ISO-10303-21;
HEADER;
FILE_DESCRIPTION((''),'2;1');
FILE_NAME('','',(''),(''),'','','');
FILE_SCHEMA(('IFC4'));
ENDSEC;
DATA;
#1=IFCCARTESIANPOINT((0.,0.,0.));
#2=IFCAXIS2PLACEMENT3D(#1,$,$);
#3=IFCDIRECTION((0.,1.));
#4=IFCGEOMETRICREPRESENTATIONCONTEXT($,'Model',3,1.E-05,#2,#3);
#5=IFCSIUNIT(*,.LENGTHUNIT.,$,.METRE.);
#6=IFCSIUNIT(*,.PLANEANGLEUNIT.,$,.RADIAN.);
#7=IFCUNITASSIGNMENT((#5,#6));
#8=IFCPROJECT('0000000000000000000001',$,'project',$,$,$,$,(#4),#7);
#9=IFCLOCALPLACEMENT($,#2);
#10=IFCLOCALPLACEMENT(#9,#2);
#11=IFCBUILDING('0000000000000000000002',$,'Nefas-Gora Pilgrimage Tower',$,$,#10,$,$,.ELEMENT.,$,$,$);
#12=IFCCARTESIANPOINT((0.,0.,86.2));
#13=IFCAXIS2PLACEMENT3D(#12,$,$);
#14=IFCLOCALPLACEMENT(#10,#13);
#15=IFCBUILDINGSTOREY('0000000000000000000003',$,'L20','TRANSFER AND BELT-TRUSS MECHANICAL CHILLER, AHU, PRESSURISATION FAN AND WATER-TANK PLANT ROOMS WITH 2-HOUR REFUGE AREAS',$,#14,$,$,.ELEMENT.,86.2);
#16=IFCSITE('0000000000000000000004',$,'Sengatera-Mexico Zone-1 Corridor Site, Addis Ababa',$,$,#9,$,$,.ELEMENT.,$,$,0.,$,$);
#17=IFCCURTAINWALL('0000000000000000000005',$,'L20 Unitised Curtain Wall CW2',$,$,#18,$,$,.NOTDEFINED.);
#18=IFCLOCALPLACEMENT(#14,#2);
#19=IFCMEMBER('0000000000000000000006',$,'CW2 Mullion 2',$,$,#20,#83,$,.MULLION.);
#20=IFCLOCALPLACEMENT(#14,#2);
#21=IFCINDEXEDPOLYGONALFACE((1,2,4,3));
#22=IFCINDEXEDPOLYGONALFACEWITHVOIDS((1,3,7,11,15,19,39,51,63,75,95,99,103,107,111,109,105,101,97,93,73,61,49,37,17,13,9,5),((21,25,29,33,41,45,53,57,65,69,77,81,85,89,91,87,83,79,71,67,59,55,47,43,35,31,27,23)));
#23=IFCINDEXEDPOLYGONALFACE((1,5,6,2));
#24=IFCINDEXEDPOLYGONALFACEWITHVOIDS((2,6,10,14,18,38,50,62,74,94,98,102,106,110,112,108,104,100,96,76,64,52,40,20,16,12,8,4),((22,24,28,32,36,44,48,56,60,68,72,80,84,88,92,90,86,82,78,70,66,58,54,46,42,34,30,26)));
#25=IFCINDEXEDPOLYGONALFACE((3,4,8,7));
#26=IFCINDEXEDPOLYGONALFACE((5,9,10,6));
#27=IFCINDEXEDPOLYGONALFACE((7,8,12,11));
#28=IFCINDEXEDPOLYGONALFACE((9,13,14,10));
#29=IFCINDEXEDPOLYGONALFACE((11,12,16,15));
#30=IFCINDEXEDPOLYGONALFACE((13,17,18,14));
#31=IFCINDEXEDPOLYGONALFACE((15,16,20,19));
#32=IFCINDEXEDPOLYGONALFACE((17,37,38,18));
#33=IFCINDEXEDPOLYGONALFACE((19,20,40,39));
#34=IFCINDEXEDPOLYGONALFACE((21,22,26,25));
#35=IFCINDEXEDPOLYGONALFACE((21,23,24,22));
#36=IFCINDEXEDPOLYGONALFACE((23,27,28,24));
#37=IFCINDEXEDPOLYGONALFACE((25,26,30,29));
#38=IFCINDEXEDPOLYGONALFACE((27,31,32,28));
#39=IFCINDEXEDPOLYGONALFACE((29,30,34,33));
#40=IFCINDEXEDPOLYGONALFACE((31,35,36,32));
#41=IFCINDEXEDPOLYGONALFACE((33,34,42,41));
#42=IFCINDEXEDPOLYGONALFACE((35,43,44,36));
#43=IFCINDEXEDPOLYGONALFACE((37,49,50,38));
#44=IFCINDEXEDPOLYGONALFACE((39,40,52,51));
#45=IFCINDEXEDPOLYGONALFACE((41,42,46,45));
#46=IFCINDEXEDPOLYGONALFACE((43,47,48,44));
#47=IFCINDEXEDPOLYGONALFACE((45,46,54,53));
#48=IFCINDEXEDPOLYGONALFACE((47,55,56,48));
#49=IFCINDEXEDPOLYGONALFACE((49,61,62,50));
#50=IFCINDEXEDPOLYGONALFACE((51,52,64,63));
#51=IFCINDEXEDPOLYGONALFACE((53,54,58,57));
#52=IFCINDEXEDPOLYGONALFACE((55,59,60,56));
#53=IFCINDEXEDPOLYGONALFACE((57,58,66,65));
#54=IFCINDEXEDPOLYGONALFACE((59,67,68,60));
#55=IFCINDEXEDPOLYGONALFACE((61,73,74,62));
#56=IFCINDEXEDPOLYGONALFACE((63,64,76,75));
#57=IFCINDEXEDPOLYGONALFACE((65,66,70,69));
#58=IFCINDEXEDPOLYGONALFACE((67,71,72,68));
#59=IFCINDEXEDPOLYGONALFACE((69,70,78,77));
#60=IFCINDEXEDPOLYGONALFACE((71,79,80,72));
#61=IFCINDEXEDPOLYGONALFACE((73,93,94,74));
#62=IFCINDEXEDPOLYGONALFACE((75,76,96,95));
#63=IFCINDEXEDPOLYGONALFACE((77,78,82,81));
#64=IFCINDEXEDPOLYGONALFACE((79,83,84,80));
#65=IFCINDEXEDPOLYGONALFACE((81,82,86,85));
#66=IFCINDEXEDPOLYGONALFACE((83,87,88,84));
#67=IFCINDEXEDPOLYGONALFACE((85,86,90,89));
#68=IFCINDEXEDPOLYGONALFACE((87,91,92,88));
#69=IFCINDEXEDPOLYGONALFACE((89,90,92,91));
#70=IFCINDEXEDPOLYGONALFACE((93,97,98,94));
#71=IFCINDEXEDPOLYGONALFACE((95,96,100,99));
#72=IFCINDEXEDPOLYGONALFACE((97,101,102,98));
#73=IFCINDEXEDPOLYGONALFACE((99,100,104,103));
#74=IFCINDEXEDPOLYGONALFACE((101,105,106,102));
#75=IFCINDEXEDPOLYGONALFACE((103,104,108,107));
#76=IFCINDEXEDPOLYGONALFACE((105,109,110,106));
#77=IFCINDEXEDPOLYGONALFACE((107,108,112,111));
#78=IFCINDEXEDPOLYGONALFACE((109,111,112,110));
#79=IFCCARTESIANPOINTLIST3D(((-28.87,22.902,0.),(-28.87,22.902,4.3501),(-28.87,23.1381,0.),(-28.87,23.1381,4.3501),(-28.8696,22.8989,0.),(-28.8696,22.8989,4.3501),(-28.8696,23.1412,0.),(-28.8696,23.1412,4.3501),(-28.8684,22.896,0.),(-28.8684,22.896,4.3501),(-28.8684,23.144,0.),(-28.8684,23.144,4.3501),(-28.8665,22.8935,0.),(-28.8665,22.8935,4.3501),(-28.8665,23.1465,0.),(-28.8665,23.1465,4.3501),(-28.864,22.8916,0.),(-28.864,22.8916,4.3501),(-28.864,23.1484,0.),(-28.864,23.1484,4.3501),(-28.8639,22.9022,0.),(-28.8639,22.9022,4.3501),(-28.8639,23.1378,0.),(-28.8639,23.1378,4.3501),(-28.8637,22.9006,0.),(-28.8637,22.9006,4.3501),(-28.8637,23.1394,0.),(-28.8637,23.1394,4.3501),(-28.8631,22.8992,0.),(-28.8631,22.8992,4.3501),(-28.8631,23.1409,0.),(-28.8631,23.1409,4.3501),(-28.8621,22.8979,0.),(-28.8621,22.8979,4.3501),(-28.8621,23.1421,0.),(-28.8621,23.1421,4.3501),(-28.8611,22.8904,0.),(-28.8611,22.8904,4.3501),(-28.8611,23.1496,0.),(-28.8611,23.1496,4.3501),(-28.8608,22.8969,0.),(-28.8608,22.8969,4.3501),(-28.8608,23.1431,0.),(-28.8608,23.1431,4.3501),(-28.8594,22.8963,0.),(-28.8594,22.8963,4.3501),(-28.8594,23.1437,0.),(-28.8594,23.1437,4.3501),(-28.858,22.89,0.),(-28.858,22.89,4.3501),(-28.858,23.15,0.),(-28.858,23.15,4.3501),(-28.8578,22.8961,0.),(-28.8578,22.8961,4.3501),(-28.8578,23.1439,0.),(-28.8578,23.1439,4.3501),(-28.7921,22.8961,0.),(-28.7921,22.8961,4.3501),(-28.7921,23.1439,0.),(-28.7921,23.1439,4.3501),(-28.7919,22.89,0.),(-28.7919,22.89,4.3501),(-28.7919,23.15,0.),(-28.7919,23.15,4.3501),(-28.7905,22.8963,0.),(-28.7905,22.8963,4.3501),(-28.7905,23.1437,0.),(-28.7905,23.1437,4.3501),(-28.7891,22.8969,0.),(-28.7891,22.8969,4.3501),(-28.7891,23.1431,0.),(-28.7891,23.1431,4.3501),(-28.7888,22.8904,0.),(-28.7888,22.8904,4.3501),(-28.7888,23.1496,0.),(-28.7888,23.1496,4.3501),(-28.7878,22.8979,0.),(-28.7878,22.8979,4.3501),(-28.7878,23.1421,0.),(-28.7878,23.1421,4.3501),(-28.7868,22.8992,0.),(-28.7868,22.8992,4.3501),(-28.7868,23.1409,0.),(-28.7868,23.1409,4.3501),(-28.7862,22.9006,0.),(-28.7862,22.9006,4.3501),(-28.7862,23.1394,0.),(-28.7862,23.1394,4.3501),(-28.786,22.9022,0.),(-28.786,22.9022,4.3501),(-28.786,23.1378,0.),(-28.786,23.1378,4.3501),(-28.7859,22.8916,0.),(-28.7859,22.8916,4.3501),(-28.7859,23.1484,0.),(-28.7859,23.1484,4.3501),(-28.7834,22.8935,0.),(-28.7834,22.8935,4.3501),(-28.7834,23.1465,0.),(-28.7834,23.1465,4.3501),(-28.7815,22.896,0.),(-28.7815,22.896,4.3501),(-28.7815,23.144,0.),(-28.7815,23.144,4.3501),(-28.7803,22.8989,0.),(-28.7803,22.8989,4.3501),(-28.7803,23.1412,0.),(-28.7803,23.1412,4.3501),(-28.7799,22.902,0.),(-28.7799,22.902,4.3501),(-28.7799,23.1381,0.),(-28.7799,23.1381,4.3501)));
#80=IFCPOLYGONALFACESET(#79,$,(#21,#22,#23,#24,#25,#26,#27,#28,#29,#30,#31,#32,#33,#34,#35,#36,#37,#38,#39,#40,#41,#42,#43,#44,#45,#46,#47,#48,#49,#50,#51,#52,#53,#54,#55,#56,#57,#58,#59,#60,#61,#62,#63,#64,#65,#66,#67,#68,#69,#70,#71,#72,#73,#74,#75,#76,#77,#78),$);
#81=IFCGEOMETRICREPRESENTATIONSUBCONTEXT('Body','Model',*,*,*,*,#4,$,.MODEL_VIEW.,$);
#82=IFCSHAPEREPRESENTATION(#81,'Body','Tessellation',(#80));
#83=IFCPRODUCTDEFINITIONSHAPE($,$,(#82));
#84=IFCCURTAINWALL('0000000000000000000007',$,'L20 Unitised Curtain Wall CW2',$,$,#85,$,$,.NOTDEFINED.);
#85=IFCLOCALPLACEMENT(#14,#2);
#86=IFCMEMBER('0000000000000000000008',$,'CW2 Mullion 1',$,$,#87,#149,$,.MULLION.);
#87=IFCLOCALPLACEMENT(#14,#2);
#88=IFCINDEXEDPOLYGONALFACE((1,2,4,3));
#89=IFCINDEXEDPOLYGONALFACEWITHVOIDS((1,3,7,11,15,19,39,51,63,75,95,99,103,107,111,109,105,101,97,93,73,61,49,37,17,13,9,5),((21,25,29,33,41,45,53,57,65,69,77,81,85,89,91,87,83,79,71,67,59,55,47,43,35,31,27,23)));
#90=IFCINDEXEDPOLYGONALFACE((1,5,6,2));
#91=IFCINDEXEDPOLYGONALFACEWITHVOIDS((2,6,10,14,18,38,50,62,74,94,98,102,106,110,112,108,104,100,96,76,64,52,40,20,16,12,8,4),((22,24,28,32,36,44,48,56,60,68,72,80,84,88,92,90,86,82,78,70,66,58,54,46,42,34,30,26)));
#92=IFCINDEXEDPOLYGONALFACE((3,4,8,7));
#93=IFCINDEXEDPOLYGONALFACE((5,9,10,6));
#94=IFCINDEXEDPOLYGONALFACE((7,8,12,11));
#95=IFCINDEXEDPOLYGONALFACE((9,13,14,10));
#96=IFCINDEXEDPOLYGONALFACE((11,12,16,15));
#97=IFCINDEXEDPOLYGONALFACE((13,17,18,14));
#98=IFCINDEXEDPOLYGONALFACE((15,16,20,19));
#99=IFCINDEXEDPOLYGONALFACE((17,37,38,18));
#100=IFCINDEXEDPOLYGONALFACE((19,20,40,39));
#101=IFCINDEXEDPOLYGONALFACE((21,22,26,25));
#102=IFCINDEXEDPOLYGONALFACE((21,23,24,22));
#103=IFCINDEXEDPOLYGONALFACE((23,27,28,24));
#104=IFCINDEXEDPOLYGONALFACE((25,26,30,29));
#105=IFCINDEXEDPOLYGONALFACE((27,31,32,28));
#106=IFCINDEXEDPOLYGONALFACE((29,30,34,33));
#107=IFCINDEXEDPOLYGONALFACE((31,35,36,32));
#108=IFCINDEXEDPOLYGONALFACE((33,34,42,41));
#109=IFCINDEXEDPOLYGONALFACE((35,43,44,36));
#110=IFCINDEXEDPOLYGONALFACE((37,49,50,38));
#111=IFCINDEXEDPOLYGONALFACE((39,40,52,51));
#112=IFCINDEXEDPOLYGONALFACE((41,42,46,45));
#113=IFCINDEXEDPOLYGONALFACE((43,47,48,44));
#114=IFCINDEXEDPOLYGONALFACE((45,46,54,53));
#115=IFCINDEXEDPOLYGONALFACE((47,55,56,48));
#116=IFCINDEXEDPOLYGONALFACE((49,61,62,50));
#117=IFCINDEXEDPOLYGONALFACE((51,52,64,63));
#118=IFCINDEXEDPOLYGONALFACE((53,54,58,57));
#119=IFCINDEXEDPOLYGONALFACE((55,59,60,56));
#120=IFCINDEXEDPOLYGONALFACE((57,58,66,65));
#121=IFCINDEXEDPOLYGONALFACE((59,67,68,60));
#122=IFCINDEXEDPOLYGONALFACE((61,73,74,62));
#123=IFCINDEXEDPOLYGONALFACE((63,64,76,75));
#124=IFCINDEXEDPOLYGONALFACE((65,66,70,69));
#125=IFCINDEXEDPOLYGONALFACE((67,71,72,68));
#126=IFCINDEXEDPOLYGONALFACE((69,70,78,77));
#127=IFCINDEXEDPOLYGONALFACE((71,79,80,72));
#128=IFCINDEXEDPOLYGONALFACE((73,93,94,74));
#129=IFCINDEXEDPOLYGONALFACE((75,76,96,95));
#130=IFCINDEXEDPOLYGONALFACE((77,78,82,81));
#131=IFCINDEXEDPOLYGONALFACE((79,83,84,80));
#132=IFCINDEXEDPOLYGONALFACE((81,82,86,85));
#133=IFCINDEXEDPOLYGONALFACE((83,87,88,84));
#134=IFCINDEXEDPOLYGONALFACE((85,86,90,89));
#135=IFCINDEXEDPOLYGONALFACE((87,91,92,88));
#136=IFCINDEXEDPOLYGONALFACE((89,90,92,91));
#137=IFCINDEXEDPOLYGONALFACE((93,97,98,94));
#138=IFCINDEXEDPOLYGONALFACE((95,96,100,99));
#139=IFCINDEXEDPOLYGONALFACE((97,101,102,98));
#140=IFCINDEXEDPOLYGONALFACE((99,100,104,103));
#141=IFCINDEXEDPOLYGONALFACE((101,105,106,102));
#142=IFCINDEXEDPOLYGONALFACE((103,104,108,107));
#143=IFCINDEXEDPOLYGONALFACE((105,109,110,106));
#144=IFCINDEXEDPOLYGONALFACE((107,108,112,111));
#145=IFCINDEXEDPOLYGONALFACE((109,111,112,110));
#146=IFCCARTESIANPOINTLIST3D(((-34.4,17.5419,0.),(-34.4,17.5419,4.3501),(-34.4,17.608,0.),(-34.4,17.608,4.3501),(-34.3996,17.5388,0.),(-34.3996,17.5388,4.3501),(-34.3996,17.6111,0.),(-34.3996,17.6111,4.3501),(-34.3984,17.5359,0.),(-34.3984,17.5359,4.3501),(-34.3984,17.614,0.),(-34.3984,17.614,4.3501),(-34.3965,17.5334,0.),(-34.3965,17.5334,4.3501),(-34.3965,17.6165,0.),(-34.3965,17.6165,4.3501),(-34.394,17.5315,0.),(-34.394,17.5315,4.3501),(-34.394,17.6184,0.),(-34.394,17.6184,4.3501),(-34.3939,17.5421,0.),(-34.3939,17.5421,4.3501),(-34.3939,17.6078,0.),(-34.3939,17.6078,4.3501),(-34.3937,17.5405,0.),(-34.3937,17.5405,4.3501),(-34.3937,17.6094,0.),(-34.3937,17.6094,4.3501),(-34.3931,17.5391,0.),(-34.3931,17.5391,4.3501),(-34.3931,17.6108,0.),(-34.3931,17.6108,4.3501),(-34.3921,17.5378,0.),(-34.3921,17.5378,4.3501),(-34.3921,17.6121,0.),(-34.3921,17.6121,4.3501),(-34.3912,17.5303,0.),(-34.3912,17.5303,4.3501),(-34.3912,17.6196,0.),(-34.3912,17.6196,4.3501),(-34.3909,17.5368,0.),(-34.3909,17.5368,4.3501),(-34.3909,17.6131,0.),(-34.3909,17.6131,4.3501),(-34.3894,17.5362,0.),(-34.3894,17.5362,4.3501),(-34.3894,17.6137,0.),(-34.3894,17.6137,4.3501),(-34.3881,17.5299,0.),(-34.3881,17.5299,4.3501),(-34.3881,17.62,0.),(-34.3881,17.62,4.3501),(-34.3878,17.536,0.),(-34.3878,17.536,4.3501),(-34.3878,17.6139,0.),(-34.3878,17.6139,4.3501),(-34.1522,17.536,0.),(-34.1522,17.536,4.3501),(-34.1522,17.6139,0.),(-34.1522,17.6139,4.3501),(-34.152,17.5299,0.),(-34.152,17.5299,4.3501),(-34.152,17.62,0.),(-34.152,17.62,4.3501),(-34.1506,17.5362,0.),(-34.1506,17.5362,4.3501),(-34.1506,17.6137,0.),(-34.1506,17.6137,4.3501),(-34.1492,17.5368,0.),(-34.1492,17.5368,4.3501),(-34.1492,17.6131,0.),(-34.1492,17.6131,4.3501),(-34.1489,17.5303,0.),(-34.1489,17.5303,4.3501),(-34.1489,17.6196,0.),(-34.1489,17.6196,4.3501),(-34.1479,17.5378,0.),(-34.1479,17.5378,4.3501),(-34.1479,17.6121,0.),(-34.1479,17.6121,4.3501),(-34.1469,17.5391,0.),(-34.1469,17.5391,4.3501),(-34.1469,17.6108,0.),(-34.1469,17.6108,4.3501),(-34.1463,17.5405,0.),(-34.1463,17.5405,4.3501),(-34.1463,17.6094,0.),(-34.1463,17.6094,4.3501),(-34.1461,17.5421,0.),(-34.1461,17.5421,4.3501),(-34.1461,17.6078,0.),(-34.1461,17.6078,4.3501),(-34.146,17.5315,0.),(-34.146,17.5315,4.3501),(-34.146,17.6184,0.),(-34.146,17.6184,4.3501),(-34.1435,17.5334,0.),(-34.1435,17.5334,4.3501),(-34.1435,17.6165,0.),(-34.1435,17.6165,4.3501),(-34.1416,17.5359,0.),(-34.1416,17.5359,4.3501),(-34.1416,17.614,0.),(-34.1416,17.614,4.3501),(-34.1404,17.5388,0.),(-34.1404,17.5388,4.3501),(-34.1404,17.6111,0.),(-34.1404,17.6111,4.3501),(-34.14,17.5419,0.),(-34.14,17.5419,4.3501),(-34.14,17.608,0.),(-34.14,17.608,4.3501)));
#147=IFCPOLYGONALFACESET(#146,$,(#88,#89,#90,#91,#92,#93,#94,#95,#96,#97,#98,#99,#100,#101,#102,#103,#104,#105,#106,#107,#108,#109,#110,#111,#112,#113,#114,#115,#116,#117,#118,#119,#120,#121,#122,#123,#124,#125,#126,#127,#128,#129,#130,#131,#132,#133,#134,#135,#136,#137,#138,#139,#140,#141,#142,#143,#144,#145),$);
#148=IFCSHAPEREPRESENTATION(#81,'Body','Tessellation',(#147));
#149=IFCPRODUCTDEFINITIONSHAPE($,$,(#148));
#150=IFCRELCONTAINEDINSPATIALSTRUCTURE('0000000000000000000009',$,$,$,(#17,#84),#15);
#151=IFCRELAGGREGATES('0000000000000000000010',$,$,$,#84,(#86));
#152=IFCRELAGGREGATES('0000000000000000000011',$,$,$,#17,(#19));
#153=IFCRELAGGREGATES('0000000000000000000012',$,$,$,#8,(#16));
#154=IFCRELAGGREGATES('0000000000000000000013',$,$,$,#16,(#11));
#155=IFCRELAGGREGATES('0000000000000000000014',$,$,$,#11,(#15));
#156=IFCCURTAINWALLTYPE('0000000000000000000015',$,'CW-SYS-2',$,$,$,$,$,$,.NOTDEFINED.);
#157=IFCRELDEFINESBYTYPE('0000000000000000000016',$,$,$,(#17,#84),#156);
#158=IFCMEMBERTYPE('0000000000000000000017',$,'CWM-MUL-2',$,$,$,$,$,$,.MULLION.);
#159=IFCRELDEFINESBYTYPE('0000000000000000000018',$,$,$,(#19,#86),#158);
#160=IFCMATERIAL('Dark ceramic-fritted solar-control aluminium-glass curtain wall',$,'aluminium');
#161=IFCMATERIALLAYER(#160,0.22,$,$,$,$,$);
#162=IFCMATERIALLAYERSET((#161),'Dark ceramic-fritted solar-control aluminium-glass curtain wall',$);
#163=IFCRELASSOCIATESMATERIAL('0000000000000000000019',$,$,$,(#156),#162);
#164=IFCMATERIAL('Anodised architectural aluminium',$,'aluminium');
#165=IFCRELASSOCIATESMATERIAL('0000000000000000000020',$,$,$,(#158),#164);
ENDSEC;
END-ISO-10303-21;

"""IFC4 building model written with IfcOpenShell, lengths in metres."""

from ifc_helpers import new_model, si_unit, direction, frame, origin, origin_2d, place, context, subcontext, project, spatial, hollow_rectangle, extrude, source, transform, mapped, material, layer, layer_set, material_profile, profile_set, type_object, element, aggregate, save


model = new_model("IFC4")

# Units and contexts
model_context = context("Model", 3, precision=1e-05, world=origin(), true_north=direction((0.0, 1.0)))
body_context = subcontext(model_context, "Body", "Model", "MODEL_VIEW")
ifc_project = project(units=[si_unit("LENGTHUNIT", "METRE"), si_unit("PLANEANGLEUNIT", "RADIAN")], contexts=[model_context])

# Site, building, storey
site_placement = place(None, origin())
site = spatial("IfcSite", under=ifc_project, at=site_placement, Name="Sengatera-Mexico Zone-1 Corridor Site, Addis Ababa", CompositionType="ELEMENT", RefElevation=0.0)
building_placement = place(site_placement, origin())
building = spatial("IfcBuilding", under=site, at=building_placement, Name="Nefas-Gora Pilgrimage Tower", CompositionType="ELEMENT")
storey_placement = place(building_placement, frame((0.0, 0.0, 86.2)))
storey = spatial("IfcBuildingStorey", under=building, at=storey_placement, Name="L20", Description="TRANSFER AND BELT-TRUSS MECHANICAL CHILLER, AHU, PRESSURISATION FAN AND WATER-TANK PLANT ROOMS WITH 2-HOUR REFUGE AREAS", CompositionType="ELEMENT", Elevation=86.2)

# Shared definitions
ifc_material_1 = material(Name="Dark ceramic-fritted solar-control aluminium-glass curtain wall", Category="aluminium")
ifc_material_2 = material(Name="Anodised architectural aluminium", Category="aluminium")

# Curtain walls, members
ifc_layer_1 = layer(ifc_material_1, 0.22)
ifc_layer_set_1 = layer_set([ifc_layer_1], Name="Dark ceramic-fritted solar-control aluminium-glass curtain wall")
curtain_wall_type_1 = type_object("IfcCurtainWallType", Name="CW-SYS-2", PredefinedType="NOTDEFINED", material=ifc_layer_set_1)
ifc_material_profile_1 = material_profile(ifc_material_2, hollow_rectangle(XDim=0.0901, YDim=0.26, WallThickness=0.0061, InnerFilletRadius=0.0061, OuterFilletRadius=0.012, at=origin_2d()), Name="ALU MULLION 90x260")
ifc_profile_set_1 = profile_set([ifc_material_profile_1], Name="Anodised architectural aluminium")
member_type_1 = type_object("IfcMemberType", Name="CWM-MUL-2", PredefinedType="MULLION", material=ifc_profile_set_1)
shared_shape_1 = source(origin(), body_context, "Body", "SweptSolid", [
    extrude(hollow_rectangle(XDim=0.0901, YDim=0.26, WallThickness=0.0061, InnerFilletRadius=0.0061, OuterFilletRadius=0.012, at=origin_2d()), origin(), (0.0, 0.0, 1.0), 4.3501),
])
curtain_wall_1_placement = place(storey_placement, origin())
curtain_wall_1 = element("IfcCurtainWall", 1, at=curtain_wall_1_placement, inside=storey, type_object=curtain_wall_type_1, Name="L20 Unitised Curtain Wall CW2", PredefinedType="NOTDEFINED")
member_1_placement = place(storey_placement, frame((-28.825, 23.02, 0.0), z_axis=(0.0, 0.0, 1.0), x_axis=(-1.0, 0.0, 0.0)))
member_1 = element("IfcMember", 2, at=member_1_placement, type_object=member_type_1, Name="CW2 Mullion 2", PredefinedType="MULLION", context=body_context, shape_type="MappedRepresentation", body=[
    mapped(shared_shape_1, transform((0.0, 0.0, 0.0), x_axis=(1.0, 0.0, 0.0), y_axis=(0.0, 1.0, 0.0), z_axis=(0.0, 0.0, 1.0), scale=1.0)),
])
curtain_wall_2_placement = place(storey_placement, origin())
curtain_wall_2 = element("IfcCurtainWall", 3, at=curtain_wall_2_placement, inside=storey, type_object=curtain_wall_type_1, Name="L20 Unitised Curtain Wall CW2", PredefinedType="NOTDEFINED")
member_2_placement = place(storey_placement, frame((-34.27, 17.575, 0.0), z_axis=(0.0, 0.0, 1.0), x_axis=(0.0, -1.0, 0.0)))
member_2 = element("IfcMember", 4, at=member_2_placement, type_object=member_type_1, Name="CW2 Mullion 1", PredefinedType="MULLION", context=body_context, shape_type="MappedRepresentation", body=[
    mapped(shared_shape_1, transform((0.0, 0.0, 0.0), x_axis=(1.0, 0.0, 0.0), y_axis=(0.0, 1.0, 0.0), z_axis=(0.0, 0.0, 1.0), scale=1.0)),
])

aggregate(curtain_wall_2, [member_2])
aggregate(curtain_wall_1, [member_1])

save(model, "model.ifc")
